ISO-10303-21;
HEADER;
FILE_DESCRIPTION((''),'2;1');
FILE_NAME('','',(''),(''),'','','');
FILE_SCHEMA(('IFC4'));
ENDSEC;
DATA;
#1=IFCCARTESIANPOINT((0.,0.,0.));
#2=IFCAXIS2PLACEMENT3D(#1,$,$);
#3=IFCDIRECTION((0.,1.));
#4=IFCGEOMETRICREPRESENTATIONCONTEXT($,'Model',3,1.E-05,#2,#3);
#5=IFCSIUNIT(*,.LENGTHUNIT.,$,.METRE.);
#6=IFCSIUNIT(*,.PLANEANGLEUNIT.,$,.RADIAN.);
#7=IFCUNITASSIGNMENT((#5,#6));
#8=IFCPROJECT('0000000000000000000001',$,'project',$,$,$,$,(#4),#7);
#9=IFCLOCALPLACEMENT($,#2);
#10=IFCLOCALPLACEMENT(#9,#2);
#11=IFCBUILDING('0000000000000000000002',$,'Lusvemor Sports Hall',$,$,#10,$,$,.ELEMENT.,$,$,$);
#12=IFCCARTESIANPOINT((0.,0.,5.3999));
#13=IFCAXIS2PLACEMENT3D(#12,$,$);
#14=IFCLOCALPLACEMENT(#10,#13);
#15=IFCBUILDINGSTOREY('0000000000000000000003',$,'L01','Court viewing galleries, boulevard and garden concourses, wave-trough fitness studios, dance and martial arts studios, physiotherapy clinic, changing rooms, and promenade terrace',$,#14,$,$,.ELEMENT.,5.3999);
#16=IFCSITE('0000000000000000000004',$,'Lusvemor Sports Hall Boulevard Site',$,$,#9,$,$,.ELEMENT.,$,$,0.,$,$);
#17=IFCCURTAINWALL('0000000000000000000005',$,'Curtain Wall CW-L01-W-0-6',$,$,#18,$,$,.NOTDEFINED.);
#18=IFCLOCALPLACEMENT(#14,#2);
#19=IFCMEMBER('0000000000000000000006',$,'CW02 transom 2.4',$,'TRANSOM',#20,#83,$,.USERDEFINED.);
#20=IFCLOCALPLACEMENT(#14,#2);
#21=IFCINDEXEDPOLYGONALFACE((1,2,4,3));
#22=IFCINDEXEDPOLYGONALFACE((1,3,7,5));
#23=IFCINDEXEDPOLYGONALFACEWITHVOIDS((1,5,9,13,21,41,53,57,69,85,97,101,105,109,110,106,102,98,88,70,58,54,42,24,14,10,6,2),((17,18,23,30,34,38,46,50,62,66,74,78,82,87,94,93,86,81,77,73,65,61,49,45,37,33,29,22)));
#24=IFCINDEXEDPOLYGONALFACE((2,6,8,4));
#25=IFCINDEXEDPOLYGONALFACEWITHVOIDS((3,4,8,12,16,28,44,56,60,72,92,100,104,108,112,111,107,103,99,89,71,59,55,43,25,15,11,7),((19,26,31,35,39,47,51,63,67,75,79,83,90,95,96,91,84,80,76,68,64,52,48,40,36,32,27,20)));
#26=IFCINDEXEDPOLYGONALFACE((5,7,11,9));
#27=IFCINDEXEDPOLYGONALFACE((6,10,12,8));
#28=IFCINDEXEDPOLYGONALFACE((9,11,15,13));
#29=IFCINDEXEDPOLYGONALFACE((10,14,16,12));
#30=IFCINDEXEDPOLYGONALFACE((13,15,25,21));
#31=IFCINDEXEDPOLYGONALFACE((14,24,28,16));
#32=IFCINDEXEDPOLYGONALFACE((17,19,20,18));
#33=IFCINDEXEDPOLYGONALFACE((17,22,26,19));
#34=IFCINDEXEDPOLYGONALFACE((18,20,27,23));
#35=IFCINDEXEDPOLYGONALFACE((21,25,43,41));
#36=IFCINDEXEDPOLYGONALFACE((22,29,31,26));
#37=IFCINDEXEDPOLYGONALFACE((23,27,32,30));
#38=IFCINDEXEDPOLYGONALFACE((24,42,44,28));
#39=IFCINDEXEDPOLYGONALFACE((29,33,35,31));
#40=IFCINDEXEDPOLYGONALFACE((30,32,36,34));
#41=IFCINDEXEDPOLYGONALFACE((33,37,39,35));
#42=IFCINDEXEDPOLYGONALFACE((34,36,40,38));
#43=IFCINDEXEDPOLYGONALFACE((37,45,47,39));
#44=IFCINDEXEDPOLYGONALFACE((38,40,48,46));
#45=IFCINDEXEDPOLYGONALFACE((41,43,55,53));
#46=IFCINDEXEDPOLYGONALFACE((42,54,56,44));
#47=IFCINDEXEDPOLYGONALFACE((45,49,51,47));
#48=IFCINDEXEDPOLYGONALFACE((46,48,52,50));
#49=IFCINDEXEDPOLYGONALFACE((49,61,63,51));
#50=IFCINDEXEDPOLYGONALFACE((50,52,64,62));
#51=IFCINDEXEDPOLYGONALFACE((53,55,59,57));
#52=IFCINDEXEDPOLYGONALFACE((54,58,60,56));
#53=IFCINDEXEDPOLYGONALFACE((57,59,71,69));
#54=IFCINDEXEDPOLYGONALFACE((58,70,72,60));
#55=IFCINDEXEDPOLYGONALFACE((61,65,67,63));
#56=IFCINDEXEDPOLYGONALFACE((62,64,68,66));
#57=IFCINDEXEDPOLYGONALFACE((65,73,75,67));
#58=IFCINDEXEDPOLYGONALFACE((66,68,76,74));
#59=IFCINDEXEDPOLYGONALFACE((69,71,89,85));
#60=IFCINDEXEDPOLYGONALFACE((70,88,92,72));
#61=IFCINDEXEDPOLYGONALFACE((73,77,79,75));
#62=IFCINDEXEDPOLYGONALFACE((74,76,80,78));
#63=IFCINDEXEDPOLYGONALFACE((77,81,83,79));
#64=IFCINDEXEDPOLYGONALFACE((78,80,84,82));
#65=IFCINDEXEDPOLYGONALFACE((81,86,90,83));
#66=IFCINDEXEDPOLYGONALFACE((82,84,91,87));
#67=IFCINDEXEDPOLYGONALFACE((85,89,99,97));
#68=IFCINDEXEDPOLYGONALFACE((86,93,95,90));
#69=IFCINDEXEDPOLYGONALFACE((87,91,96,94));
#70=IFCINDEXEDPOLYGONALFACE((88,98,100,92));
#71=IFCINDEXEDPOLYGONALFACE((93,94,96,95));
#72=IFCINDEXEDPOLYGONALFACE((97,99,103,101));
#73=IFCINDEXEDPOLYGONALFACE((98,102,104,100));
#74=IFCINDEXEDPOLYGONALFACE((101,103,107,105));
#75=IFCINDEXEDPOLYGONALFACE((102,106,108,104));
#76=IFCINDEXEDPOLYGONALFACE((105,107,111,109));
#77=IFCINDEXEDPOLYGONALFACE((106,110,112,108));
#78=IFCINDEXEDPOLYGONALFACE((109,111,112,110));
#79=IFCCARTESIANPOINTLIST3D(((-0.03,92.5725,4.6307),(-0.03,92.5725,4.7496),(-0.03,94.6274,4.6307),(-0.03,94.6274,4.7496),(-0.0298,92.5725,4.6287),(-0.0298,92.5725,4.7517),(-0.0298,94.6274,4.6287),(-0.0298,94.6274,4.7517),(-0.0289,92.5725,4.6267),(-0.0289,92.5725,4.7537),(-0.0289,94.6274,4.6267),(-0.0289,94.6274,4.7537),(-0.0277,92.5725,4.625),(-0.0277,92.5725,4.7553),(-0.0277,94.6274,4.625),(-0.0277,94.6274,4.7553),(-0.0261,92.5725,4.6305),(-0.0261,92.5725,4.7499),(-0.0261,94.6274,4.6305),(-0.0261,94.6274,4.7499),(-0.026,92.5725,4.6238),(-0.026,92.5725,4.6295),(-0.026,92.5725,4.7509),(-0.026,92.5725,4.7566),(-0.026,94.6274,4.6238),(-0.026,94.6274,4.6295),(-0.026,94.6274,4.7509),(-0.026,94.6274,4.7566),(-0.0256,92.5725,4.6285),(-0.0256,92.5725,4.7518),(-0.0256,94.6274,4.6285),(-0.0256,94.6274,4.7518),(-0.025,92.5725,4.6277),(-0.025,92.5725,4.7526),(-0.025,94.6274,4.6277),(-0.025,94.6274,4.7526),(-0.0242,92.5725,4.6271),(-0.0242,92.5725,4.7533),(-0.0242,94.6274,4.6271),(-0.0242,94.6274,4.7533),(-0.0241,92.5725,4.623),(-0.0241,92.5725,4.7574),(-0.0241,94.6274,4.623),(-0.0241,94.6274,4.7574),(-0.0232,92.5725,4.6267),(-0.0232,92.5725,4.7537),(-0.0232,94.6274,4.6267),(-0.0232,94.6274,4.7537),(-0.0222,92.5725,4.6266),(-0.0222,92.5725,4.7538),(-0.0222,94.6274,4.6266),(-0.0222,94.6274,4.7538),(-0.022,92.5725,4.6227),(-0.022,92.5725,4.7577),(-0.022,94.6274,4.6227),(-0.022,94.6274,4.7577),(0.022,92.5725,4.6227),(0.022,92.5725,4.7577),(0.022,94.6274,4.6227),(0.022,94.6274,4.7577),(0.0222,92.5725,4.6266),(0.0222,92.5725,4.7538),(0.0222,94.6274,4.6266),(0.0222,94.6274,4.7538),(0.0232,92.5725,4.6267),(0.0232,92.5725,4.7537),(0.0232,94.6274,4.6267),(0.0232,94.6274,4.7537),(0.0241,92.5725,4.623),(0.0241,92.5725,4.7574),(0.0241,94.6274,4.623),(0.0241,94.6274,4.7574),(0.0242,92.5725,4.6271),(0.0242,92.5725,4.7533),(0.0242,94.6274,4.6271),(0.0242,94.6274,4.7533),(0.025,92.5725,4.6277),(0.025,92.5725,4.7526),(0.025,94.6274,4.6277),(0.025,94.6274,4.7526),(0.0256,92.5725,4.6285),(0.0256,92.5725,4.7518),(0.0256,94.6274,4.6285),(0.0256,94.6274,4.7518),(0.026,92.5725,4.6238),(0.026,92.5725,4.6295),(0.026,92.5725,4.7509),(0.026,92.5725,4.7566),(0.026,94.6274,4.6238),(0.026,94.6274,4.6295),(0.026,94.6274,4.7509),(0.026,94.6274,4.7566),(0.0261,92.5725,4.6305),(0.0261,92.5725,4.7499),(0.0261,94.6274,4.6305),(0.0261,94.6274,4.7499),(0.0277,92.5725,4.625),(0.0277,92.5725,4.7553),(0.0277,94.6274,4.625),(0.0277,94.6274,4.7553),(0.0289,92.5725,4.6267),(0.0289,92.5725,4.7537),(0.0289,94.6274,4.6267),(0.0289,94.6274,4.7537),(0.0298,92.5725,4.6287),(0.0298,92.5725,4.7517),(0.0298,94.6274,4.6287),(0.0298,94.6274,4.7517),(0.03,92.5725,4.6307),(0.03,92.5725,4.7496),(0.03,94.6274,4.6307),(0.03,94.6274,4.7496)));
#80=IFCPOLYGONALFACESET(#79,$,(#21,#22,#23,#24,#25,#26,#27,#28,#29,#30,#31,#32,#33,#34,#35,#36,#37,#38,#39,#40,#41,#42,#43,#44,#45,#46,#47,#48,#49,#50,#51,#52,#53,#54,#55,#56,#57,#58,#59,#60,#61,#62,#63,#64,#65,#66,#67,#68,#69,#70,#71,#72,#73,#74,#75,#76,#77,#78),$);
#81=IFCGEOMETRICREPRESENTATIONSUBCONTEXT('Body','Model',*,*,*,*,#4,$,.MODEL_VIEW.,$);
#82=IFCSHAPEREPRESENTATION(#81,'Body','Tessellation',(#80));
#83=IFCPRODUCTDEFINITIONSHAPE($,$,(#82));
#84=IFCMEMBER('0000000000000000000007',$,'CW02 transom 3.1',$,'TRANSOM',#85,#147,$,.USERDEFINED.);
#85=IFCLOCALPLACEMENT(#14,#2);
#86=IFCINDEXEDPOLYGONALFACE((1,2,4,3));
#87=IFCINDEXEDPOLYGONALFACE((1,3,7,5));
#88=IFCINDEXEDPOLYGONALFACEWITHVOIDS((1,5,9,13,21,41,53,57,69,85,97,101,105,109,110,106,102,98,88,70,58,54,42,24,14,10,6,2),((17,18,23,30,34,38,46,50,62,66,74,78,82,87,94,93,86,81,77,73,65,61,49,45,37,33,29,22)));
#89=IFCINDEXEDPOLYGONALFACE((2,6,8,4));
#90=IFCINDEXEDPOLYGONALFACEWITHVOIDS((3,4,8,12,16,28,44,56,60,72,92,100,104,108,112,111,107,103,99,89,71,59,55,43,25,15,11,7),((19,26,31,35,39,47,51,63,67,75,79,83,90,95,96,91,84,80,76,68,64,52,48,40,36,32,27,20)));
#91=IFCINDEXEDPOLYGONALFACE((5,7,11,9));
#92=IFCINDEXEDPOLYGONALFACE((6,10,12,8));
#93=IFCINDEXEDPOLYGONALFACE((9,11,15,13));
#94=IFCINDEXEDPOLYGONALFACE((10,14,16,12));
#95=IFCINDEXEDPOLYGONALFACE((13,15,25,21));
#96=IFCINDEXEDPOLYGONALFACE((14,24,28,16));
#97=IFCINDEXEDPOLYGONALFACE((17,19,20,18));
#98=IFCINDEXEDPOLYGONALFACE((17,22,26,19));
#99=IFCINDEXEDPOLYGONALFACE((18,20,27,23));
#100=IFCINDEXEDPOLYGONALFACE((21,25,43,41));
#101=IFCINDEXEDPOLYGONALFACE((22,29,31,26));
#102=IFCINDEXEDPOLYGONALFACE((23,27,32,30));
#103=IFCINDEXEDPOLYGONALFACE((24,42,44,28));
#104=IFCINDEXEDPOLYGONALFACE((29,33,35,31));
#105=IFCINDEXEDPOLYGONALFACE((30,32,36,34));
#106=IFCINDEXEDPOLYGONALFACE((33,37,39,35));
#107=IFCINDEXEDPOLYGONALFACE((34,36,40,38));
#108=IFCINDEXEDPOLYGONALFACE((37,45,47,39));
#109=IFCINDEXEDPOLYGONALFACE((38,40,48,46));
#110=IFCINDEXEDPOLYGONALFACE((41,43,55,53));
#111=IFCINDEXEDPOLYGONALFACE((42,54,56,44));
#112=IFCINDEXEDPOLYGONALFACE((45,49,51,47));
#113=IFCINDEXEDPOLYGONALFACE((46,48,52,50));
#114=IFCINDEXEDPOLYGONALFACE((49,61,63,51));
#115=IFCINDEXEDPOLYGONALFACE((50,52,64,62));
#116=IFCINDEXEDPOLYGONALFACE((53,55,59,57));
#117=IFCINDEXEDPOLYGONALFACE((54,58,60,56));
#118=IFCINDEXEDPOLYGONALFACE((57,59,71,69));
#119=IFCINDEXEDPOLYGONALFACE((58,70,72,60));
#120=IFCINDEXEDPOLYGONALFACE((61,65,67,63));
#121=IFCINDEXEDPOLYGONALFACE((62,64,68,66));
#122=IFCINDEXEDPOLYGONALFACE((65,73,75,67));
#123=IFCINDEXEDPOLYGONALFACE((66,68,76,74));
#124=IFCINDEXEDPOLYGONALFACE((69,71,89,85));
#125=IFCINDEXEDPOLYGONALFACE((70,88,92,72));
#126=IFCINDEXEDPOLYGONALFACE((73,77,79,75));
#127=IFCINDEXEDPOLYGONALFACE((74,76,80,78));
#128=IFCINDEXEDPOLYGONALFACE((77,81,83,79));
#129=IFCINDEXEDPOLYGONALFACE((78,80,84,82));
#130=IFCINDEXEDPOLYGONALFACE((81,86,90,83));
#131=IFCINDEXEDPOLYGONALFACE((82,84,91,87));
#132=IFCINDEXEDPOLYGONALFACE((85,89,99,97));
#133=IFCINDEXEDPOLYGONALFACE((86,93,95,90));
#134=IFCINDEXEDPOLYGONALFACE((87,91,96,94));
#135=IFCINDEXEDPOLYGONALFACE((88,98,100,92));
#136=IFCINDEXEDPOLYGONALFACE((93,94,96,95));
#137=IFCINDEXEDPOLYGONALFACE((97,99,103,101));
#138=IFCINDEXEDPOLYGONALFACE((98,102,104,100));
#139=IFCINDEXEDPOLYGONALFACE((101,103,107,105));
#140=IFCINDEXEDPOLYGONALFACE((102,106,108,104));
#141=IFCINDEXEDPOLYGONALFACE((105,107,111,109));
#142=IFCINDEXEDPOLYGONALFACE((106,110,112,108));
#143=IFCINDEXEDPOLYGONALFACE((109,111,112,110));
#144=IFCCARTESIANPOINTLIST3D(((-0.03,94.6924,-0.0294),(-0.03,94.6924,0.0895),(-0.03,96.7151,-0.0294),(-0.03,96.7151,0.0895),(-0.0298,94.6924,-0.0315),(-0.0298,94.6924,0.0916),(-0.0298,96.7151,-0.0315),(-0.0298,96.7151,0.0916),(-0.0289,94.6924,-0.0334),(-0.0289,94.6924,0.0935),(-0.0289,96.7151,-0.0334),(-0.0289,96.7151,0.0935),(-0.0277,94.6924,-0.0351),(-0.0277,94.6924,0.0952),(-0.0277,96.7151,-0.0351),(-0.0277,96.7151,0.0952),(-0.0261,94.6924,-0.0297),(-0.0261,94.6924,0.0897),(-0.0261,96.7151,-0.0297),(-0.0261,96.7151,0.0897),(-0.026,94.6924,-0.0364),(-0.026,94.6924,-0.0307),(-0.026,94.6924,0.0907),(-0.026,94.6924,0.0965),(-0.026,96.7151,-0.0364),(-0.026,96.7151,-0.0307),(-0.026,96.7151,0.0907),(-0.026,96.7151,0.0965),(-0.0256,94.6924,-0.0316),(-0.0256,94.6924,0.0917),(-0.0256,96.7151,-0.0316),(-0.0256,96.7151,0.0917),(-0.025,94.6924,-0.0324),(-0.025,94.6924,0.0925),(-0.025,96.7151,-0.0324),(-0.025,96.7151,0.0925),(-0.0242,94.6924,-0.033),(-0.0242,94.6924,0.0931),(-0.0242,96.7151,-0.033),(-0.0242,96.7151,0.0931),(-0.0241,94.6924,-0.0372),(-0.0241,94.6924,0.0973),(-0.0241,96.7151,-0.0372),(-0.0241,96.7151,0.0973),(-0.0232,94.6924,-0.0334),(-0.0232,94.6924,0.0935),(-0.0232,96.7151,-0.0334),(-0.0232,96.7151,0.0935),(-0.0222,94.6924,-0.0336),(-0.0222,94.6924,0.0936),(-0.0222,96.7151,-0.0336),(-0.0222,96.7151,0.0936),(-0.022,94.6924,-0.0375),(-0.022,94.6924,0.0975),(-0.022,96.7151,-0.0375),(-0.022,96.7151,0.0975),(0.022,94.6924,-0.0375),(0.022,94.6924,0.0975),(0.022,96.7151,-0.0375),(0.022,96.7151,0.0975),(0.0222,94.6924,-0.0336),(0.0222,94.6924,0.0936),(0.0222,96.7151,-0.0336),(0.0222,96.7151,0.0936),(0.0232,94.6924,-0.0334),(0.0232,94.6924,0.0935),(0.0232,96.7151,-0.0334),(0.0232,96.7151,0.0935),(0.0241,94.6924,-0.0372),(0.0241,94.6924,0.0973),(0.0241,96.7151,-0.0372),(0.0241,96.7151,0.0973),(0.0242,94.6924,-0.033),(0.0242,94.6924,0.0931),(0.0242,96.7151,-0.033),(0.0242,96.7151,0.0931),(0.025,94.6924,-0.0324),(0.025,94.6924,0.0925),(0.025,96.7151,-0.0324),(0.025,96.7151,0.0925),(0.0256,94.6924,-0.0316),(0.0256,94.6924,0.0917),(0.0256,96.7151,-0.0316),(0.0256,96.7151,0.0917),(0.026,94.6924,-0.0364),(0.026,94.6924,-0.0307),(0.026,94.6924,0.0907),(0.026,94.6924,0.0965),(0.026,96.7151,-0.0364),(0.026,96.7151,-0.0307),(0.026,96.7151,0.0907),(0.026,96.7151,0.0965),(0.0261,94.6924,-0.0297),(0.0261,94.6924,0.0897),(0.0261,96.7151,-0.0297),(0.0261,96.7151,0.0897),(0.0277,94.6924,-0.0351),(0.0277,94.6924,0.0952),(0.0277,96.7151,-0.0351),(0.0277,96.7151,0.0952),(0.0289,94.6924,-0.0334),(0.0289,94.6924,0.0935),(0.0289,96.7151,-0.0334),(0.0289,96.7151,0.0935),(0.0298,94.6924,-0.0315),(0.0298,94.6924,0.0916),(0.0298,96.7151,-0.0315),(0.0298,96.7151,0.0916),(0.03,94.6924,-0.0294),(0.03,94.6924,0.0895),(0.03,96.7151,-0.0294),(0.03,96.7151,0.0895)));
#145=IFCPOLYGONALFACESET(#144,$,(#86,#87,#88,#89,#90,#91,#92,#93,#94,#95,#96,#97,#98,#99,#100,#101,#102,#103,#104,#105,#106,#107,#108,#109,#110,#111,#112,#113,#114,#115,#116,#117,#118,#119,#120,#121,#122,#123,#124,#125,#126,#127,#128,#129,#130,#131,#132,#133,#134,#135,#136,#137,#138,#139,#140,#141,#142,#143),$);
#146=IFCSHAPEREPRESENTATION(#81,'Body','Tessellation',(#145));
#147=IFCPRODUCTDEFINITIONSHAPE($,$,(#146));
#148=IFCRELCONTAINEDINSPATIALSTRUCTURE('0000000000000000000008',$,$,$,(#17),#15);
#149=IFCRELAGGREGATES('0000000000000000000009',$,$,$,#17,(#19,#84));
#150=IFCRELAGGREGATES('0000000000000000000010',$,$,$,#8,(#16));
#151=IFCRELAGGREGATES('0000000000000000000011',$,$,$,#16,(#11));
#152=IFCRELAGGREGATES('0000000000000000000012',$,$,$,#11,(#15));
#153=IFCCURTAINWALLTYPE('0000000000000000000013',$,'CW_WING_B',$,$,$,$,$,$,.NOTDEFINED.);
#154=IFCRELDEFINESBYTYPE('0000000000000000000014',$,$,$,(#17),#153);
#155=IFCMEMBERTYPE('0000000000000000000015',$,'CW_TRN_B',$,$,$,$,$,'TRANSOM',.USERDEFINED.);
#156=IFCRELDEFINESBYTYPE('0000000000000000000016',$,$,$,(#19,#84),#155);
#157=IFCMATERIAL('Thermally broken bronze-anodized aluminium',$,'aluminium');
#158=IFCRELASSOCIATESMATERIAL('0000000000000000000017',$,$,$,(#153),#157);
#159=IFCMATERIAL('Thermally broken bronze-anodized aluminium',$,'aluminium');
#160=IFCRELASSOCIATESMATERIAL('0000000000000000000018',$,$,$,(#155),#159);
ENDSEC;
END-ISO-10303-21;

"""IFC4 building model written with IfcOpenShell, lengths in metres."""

from ifc_helpers import new_model, si_unit, direction, frame, origin, origin_2d, place, context, subcontext, project, spatial, hollow_rectangle, extrude, material, material_profile, profile_set, type_object, element, aggregate, save


model = new_model("IFC4")

# Units and contexts
model_context = context("Model", 3, precision=1e-05, world=origin(), true_north=direction((0.0, 1.0)))
body_context = subcontext(model_context, "Body", "Model", "MODEL_VIEW")
ifc_project = project(units=[si_unit("LENGTHUNIT", "METRE"), si_unit("PLANEANGLEUNIT", "RADIAN")], contexts=[model_context])

# Site, building, storey
site_placement = place(None, origin())
site = spatial("IfcSite", under=ifc_project, at=site_placement, Name="Lusvemor Sports Hall Boulevard Site", CompositionType="ELEMENT", RefElevation=0.0)
building_placement = place(site_placement, origin())
building = spatial("IfcBuilding", under=site, at=building_placement, Name="Lusvemor Sports Hall", CompositionType="ELEMENT")
storey_placement = place(building_placement, frame((0.0, 0.0, 5.3999)))
storey = spatial("IfcBuildingStorey", under=building, at=storey_placement, Name="L01", Description="Court viewing galleries, boulevard and garden concourses, wave-trough fitness studios, dance and martial arts studios, physiotherapy clinic, changing rooms, and promenade terrace", CompositionType="ELEMENT", Elevation=5.3999)

# Curtain wall, members
ifc_material_1 = material(Name="Thermally broken bronze-anodized aluminium", Category="aluminium")
curtain_wall_type = type_object("IfcCurtainWallType", Name="CW_WING_B", PredefinedType="NOTDEFINED", material=ifc_material_1)
curtain_wall_placement = place(storey_placement, origin())
curtain_wall = element("IfcCurtainWall", 1, at=curtain_wall_placement, inside=storey, type_object=curtain_wall_type, Name="Curtain Wall CW-L01-W-0-6", PredefinedType="NOTDEFINED")
ifc_material_2 = material(Name="Thermally broken bronze-anodized aluminium", Category="aluminium")
ifc_material_profile_1 = material_profile(ifc_material_2, hollow_rectangle(XDim=0.0601, YDim=0.135, WallThickness=0.0039, InnerFilletRadius=0.0039, OuterFilletRadius=0.0081, at=origin_2d()), Name="CWTRN135x60x4")
ifc_profile_set_1 = profile_set([ifc_material_profile_1], Name="Thermally broken bronze-anodized aluminium")
member_type_1 = type_object("IfcMemberType", Name="CW_TRN_B", ElementType="TRANSOM", PredefinedType="USERDEFINED", material=ifc_profile_set_1)
member_1_placement = place(storey_placement, frame((0.0, 92.5725, 4.6902), z_axis=(0.0, 1.0, 0.0), x_axis=(-1.0, 0.0, 0.0)))
member_1 = element("IfcMember", 2, at=member_1_placement, type_object=member_type_1, Name="CW02 transom 2.4", ObjectType="TRANSOM", PredefinedType="USERDEFINED", context=body_context, shape_type="SweptSolid", body=[
    extrude(hollow_rectangle(XDim=0.0601, YDim=0.135, WallThickness=0.0039, InnerFilletRadius=0.0039, OuterFilletRadius=0.0081, at=origin_2d()), origin(), (0.0, 0.0, 1.0), 2.0549),
])
member_2_placement = place(storey_placement, frame((0.0, 94.6924, 0.03), z_axis=(0.0, 1.0, 0.0), x_axis=(-1.0, 0.0, 0.0)))
member_2 = element("IfcMember", 3, at=member_2_placement, type_object=member_type_1, Name="CW02 transom 3.1", ObjectType="TRANSOM", PredefinedType="USERDEFINED", context=body_context, shape_type="SweptSolid", body=[
    extrude(hollow_rectangle(XDim=0.0601, YDim=0.135, WallThickness=0.0039, InnerFilletRadius=0.0039, OuterFilletRadius=0.0081, at=origin_2d()), origin(), (0.0, 0.0, 1.0), 2.0227),
])

aggregate(curtain_wall, [member_1, member_2])

save(model, "model.ifc")
